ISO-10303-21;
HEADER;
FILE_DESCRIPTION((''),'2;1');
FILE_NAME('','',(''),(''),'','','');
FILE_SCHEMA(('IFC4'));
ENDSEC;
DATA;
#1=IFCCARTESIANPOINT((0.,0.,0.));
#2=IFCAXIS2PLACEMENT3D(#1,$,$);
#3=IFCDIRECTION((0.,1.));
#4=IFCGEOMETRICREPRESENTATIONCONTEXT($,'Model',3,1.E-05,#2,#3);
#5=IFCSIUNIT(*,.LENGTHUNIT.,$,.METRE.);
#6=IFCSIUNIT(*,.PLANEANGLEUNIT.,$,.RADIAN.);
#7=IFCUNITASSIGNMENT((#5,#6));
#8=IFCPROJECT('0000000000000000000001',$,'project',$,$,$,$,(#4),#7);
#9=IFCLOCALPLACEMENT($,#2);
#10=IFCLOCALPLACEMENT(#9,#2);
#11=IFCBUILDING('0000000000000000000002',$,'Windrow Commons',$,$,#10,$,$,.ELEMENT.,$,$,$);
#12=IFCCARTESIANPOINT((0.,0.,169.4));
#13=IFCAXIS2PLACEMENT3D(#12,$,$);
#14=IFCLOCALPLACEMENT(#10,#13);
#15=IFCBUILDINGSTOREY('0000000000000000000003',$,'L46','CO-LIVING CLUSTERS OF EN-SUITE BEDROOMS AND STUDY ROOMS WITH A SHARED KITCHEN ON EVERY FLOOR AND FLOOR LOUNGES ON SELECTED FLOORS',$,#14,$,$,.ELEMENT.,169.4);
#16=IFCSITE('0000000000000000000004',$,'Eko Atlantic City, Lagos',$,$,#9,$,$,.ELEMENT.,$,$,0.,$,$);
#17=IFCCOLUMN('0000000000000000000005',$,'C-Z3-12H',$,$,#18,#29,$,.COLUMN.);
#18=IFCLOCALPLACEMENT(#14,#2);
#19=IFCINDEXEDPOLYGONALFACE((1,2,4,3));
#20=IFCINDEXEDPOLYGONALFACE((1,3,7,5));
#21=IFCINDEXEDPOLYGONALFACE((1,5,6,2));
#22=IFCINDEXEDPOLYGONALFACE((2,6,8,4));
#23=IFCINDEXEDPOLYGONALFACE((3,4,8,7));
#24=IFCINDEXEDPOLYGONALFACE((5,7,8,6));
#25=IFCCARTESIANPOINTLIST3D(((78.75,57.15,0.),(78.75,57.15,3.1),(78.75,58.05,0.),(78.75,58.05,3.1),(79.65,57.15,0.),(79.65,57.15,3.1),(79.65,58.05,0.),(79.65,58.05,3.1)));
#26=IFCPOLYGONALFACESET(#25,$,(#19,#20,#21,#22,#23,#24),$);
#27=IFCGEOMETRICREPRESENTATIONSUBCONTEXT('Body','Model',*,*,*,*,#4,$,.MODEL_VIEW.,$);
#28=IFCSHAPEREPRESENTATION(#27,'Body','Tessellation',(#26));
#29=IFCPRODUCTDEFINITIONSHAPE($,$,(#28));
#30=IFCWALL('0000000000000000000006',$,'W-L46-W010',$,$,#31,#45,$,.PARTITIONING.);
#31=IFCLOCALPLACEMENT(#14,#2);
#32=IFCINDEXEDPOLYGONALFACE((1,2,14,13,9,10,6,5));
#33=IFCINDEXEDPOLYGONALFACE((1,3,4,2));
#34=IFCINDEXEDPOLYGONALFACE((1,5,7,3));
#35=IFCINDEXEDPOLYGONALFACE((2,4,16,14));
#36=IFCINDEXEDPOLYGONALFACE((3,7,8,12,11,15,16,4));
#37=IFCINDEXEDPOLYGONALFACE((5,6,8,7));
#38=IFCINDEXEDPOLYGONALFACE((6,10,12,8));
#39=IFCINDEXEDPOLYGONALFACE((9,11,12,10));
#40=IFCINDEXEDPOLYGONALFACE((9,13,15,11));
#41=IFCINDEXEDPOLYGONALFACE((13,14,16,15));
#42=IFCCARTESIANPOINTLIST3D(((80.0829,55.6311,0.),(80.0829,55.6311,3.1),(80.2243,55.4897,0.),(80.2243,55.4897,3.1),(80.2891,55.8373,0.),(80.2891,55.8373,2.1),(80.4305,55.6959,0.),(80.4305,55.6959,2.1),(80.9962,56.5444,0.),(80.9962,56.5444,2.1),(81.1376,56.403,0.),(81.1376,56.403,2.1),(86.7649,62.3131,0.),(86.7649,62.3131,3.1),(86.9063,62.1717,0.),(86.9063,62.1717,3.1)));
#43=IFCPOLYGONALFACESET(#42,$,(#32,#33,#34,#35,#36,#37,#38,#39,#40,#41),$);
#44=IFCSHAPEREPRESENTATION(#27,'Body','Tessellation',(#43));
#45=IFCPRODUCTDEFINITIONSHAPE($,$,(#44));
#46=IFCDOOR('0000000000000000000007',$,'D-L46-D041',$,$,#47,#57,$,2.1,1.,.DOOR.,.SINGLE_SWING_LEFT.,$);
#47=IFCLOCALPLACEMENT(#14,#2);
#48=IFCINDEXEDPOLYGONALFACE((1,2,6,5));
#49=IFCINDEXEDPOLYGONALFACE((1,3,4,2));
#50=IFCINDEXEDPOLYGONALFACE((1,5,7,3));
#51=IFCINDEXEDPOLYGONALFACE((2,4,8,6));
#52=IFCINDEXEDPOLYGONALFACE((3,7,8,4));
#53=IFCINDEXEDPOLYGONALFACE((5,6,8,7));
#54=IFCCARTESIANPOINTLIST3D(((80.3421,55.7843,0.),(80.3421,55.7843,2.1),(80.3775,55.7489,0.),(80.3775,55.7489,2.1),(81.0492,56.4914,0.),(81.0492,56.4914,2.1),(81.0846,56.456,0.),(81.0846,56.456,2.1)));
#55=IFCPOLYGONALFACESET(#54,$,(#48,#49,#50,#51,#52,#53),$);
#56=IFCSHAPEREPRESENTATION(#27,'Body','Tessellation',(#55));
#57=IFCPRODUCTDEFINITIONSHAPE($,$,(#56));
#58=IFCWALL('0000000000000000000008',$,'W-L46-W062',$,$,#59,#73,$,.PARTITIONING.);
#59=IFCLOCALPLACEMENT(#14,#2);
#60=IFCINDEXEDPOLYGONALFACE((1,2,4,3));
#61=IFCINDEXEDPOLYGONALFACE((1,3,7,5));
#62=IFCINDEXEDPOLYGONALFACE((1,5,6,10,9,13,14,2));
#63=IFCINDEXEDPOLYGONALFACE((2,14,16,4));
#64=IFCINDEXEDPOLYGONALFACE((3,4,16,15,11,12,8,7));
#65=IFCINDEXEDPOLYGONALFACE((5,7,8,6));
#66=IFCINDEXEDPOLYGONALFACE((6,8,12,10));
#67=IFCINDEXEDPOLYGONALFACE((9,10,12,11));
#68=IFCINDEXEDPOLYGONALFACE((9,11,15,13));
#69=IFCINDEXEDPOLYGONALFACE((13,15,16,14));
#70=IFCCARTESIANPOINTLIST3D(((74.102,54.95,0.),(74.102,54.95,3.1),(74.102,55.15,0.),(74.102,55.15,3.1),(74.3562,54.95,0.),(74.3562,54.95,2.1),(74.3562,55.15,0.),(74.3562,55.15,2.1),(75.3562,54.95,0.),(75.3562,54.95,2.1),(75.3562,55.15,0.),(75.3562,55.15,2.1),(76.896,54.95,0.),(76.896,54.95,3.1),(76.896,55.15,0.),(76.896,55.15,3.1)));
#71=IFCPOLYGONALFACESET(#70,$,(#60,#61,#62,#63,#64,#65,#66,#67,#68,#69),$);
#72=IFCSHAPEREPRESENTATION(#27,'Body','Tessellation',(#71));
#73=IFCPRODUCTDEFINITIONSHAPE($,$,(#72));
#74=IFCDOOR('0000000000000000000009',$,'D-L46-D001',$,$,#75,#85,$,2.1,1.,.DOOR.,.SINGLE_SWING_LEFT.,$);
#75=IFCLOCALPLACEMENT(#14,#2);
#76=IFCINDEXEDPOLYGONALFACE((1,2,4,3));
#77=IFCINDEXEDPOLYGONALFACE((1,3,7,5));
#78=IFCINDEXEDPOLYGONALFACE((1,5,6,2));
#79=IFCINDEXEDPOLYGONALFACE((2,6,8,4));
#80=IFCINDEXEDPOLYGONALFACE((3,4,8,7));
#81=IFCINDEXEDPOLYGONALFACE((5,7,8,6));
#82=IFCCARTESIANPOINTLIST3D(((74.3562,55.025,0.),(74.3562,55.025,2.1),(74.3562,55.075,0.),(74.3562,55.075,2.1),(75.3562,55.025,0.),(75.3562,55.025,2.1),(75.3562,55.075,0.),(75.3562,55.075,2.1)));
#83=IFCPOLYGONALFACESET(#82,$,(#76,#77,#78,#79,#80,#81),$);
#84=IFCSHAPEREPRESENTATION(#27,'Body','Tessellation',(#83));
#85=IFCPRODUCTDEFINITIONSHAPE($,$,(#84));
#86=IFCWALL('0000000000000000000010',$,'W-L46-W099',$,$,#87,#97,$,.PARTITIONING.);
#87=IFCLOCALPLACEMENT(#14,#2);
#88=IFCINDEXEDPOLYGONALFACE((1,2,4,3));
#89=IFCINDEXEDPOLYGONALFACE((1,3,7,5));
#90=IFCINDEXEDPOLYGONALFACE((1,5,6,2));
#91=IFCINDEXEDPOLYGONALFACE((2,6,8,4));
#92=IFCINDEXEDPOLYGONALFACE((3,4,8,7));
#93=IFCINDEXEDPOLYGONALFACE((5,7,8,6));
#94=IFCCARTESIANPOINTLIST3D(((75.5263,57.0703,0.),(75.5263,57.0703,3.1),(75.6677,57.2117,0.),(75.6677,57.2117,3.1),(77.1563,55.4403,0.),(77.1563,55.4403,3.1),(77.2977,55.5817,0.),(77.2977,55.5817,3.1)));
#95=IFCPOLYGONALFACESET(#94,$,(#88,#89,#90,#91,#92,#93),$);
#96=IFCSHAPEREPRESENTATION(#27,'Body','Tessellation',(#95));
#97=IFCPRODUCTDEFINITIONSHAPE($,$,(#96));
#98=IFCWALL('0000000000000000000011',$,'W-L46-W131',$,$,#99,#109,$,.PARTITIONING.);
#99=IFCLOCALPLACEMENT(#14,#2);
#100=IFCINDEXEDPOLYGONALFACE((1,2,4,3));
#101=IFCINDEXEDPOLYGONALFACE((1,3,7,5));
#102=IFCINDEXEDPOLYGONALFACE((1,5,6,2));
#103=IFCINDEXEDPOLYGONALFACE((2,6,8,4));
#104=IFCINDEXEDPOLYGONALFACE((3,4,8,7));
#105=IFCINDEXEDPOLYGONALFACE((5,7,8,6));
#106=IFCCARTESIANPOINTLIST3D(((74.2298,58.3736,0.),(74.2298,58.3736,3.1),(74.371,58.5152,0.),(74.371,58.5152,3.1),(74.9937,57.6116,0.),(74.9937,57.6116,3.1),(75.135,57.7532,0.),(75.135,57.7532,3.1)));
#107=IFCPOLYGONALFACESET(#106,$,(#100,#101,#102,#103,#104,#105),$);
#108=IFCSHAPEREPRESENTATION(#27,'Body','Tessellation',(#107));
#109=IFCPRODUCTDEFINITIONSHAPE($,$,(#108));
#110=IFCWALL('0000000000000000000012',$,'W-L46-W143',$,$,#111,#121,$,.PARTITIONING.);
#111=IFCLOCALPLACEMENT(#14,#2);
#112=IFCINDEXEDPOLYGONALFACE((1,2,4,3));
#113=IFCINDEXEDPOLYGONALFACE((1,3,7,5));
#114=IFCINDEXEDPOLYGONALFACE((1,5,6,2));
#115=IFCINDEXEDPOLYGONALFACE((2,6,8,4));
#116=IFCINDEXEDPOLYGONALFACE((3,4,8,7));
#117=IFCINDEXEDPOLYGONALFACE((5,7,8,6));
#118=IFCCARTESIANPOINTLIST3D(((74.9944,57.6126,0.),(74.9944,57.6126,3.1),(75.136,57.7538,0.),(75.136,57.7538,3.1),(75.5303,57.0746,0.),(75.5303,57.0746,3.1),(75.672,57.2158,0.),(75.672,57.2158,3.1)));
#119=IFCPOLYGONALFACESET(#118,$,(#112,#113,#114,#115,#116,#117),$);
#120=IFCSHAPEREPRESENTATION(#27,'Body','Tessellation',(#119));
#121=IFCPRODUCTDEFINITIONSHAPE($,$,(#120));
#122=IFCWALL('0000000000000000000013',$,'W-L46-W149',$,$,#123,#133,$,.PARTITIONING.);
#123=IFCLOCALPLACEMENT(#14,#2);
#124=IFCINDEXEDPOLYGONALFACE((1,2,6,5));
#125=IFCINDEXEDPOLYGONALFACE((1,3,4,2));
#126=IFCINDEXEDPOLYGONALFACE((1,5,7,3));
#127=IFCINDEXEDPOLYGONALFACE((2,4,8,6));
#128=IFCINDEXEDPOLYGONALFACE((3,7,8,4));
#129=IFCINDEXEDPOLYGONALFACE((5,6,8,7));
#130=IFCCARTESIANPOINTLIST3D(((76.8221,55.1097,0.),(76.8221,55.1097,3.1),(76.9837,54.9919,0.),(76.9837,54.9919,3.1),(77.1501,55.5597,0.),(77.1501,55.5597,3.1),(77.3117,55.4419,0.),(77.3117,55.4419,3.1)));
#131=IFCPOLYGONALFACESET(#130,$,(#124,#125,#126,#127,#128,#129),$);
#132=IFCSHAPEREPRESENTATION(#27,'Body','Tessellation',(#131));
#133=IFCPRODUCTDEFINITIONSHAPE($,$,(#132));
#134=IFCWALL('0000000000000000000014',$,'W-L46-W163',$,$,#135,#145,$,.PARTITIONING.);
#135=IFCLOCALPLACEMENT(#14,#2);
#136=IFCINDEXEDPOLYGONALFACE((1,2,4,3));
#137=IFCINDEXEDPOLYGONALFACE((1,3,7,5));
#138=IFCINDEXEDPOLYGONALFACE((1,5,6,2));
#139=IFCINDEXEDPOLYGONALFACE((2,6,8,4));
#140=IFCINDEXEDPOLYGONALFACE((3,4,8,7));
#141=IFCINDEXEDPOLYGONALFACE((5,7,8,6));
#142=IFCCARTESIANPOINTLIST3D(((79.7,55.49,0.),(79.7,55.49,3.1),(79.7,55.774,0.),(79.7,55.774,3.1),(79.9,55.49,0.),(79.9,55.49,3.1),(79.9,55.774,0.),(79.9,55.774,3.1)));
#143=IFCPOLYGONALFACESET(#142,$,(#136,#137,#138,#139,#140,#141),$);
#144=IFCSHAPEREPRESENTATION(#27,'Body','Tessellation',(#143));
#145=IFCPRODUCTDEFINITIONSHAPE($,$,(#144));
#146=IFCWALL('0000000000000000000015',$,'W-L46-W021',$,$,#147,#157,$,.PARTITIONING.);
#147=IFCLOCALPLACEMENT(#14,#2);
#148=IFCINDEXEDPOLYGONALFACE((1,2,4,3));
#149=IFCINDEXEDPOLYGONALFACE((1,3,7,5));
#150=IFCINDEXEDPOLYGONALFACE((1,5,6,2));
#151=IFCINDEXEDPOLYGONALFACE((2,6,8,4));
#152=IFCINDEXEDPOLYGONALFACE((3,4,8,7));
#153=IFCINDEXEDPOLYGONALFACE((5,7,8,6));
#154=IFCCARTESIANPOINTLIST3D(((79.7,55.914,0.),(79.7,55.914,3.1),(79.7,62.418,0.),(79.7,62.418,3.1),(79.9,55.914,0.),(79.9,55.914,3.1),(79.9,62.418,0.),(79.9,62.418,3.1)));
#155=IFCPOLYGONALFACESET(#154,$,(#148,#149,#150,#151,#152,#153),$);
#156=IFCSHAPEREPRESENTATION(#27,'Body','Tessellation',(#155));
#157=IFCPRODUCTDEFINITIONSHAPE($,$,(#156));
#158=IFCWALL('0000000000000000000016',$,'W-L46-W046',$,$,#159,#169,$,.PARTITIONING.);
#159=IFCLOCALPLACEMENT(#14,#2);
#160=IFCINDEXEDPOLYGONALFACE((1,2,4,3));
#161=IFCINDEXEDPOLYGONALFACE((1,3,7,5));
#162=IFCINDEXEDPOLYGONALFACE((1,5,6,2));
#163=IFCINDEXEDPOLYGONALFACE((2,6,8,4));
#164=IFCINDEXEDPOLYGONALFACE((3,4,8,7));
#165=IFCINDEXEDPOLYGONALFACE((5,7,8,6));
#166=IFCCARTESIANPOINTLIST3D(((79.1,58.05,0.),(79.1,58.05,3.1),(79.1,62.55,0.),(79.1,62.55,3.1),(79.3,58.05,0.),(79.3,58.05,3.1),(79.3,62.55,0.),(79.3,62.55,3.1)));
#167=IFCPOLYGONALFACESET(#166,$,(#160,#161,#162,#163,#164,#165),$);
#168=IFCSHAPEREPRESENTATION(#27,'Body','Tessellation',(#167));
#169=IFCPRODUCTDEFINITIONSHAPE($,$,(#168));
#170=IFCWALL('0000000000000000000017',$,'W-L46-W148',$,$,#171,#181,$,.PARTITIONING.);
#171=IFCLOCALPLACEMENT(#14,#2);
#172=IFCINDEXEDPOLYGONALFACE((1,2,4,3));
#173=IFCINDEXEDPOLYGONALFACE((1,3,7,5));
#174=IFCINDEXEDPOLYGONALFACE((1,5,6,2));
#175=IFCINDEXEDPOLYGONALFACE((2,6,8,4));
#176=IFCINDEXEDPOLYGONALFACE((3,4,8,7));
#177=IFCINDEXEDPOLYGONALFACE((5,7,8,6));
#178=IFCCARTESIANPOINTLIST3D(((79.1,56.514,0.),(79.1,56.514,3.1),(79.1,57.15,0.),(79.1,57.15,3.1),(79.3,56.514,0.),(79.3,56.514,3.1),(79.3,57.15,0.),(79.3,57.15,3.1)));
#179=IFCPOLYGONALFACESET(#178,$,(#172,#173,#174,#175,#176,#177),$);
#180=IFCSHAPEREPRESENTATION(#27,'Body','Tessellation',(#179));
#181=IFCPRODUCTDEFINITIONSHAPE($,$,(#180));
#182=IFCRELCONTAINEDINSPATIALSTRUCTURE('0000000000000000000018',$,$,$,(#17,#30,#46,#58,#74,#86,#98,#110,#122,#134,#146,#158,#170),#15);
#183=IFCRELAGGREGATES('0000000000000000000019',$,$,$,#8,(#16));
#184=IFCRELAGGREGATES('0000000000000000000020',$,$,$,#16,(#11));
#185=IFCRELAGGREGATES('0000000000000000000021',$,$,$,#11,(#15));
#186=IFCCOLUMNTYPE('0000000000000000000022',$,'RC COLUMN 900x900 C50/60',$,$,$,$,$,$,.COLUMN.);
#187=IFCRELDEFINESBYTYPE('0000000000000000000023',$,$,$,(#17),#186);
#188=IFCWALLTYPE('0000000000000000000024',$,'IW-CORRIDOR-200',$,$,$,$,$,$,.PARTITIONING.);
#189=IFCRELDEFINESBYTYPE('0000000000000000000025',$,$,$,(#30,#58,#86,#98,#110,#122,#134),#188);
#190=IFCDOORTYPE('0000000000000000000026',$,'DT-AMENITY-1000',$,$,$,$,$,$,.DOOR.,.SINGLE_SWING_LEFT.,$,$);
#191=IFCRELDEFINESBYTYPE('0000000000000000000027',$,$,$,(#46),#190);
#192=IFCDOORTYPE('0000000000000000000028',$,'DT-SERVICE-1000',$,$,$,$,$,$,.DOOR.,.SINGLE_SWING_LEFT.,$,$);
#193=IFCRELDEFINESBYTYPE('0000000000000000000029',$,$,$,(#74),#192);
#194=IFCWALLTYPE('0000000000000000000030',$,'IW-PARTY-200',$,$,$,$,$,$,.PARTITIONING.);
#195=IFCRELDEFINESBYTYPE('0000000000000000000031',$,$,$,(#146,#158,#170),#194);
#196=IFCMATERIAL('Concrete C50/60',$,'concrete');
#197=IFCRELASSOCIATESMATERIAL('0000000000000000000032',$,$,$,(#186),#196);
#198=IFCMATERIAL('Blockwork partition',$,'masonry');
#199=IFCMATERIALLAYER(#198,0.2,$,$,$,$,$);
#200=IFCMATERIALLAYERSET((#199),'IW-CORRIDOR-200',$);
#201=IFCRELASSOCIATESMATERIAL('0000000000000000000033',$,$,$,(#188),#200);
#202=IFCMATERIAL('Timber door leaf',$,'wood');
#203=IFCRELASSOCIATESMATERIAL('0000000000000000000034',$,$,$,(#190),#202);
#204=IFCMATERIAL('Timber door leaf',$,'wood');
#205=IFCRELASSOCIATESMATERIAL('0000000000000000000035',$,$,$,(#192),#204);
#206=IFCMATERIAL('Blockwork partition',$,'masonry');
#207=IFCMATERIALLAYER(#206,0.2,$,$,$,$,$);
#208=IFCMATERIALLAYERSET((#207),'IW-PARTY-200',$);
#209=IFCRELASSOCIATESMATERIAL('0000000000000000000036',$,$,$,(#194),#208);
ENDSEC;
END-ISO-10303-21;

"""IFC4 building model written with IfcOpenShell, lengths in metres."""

from ifc_helpers import new_model, si_unit, direction, frame, frame_2d, origin, origin_2d, place, context, subcontext, project, spatial, rectangle, extrude, material, layer, layer_set, material_profile, profile_set, type_object, element, fill, save


model = new_model("IFC4")

# Units and contexts
model_context = context("Model", 3, precision=1e-05, world=origin(), true_north=direction((0.0, 1.0)))
body_context = subcontext(model_context, "Body", "Model", "MODEL_VIEW")
ifc_project = project(units=[si_unit("LENGTHUNIT", "METRE"), si_unit("PLANEANGLEUNIT", "RADIAN")], contexts=[model_context])

# Site, building, storey
site_placement = place(None, origin())
site = spatial("IfcSite", under=ifc_project, at=site_placement, Name="Eko Atlantic City, Lagos", CompositionType="ELEMENT", RefElevation=0.0)
building_placement = place(site_placement, origin())
building = spatial("IfcBuilding", under=site, at=building_placement, Name="Windrow Commons", CompositionType="ELEMENT")
storey_placement = place(building_placement, frame((0.0, 0.0, 169.4)))
storey = spatial("IfcBuildingStorey", under=building, at=storey_placement, Name="L46", Description="CO-LIVING CLUSTERS OF EN-SUITE BEDROOMS AND STUDY ROOMS WITH A SHARED KITCHEN ON EVERY FLOOR AND FLOOR LOUNGES ON SELECTED FLOORS", CompositionType="ELEMENT", Elevation=169.4)

# Column
ifc_material_1 = material(Name="Concrete C50/60", Category="concrete")
ifc_material_profile = material_profile(ifc_material_1, rectangle(XDim=0.9, YDim=0.9, at=origin_2d()))
ifc_profile_set = profile_set([ifc_material_profile], Name="Concrete C50/60")
column_type = type_object("IfcColumnType", Name="RC COLUMN 900x900 C50/60", PredefinedType="COLUMN", material=ifc_profile_set)
column_placement = place(storey_placement, frame((79.2, 57.6, 0.0), z_axis=(0.0, 0.0, 1.0), x_axis=(1.0, 0.0, 0.0)))
element("IfcColumn", 1, at=column_placement, inside=storey, type_object=column_type, Name="C-Z3-12H", PredefinedType="COLUMN", context=body_context, shape_type="SweptSolid", body=[
    extrude(rectangle(XDim=0.9, YDim=0.9, at=origin_2d()), origin(), (0.0, 0.0, 1.0), 3.1),
])

# Walls, openings, doors
ifc_material_2 = material(Name="Blockwork partition", Category="masonry")
ifc_layer_1 = layer(ifc_material_2, 0.2)
ifc_layer_set_1 = layer_set([ifc_layer_1], Name="IW-CORRIDOR-200")
wall_type_1 = type_object("IfcWallType", Name="IW-CORRIDOR-200", PredefinedType="PARTITIONING", material=ifc_layer_set_1)
wall_1_placement = place(storey_placement, frame((80.1536, 55.5604, 0.0), z_axis=(0.0, 0.0, 1.0), x_axis=(0.707107, 0.707107, 0.0)))
wall_1 = element("IfcWall", 2, at=wall_1_placement, inside=storey, type_object=wall_type_1, Name="W-L46-W010", PredefinedType="PARTITIONING", context=body_context, shape_type="SweptSolid", body=[
    extrude(rectangle(XDim=9.4498, YDim=0.2, at=frame_2d((4.7249, 0.0))), origin(), (0.0, 0.0, 1.0), 3.1),
])
opening_1_placement = place(wall_1_placement, frame((0.2916, 0.0, 0.0)))
opening_1 = element("IfcOpeningElement", 3, at=opening_1_placement, cuts=wall_1, PredefinedType="OPENING", context=body_context, shape_type="SweptSolid", body=[
    extrude(rectangle(XDim=1.0, YDim=2.1, at=frame_2d((0.5, 1.05))), frame((0.0, 0.11, 0.0), z_axis=(0.0, -1.0, 0.0), x_axis=(1.0, 0.0, 0.0)), (0.0, 0.0, 1.0), 0.22),
])
ifc_material_3 = material(Name="Timber door leaf", Category="wood")
door_type_1 = type_object("IfcDoorType", Name="DT-AMENITY-1000", OperationType="SINGLE_SWING_LEFT", PredefinedType="DOOR", material=ifc_material_3)
door_1_placement = place(opening_1_placement, origin())
door_1 = element("IfcDoor", 4, at=door_1_placement, inside=storey, type_object=door_type_1, Name="D-L46-D041", OperationType="SINGLE_SWING_LEFT", OverallHeight=2.1, OverallWidth=1.0, PredefinedType="DOOR", context=body_context, shape_type="SweptSolid", body=[
    extrude(rectangle(XDim=1.0, YDim=2.1, at=frame_2d((0.5, 1.05))), frame((0.0, 0.025, 0.0), z_axis=(0.0, -1.0, 0.0), x_axis=(1.0, 0.0, 0.0)), (0.0, 0.0, 1.0), 0.05),
])
fill(opening_1, door_1)
wall_2_placement = place(storey_placement, frame((74.102, 55.05, 0.0), z_axis=(0.0, 0.0, 1.0), x_axis=(1.0, 0.0, 0.0)))
wall_2 = element("IfcWall", 5, at=wall_2_placement, inside=storey, type_object=wall_type_1, Name="W-L46-W062", PredefinedType="PARTITIONING", context=body_context, shape_type="SweptSolid", body=[
    extrude(rectangle(XDim=2.794, YDim=0.2, at=frame_2d((1.397, 0.0))), origin(), (0.0, 0.0, 1.0), 3.1),
])
opening_2_placement = place(wall_2_placement, frame((0.2542, 0.0, 0.0)))
opening_2 = element("IfcOpeningElement", 6, at=opening_2_placement, cuts=wall_2, PredefinedType="OPENING", context=body_context, shape_type="SweptSolid", body=[
    extrude(rectangle(XDim=1.0, YDim=2.1, at=frame_2d((0.5, 1.05))), frame((0.0, 0.11, 0.0), z_axis=(0.0, -1.0, 0.0), x_axis=(1.0, 0.0, 0.0)), (0.0, 0.0, 1.0), 0.22),
])
ifc_material_4 = material(Name="Timber door leaf", Category="wood")
door_type_2 = type_object("IfcDoorType", Name="DT-SERVICE-1000", OperationType="SINGLE_SWING_LEFT", PredefinedType="DOOR", material=ifc_material_4)
door_2_placement = place(opening_2_placement, origin())
door_2 = element("IfcDoor", 7, at=door_2_placement, inside=storey, type_object=door_type_2, Name="D-L46-D001", OperationType="SINGLE_SWING_LEFT", OverallHeight=2.1, OverallWidth=1.0, PredefinedType="DOOR", context=body_context, shape_type="SweptSolid", body=[
    extrude(rectangle(XDim=1.0, YDim=2.1, at=frame_2d((0.5, 1.05))), frame((0.0, 0.025, 0.0), z_axis=(0.0, -1.0, 0.0), x_axis=(1.0, 0.0, 0.0)), (0.0, 0.0, 1.0), 0.05),
])
fill(opening_2, door_2)

# Walls
wall_3_placement = place(storey_placement, frame((75.597, 57.141, 0.0), z_axis=(0.0, 0.0, 1.0), x_axis=(0.707107, -0.707107, 0.0)))
element("IfcWall", 8, at=wall_3_placement, inside=storey, type_object=wall_type_1, Name="W-L46-W099", PredefinedType="PARTITIONING", context=body_context, shape_type="SweptSolid", body=[
    extrude(rectangle(XDim=2.3052, YDim=0.2, at=frame_2d((1.1526, 0.0))), origin(), (0.0, 0.0, 1.0), 3.1),
])
wall_4_placement = place(storey_placement, frame((74.3004, 58.4444, 0.0), z_axis=(0.0, 0.0, 1.0), x_axis=(0.708033, -0.706179, 0.0)))
element("IfcWall", 9, at=wall_4_placement, inside=storey, type_object=wall_type_1, Name="W-L46-W131", PredefinedType="PARTITIONING", context=body_context, shape_type="SweptSolid", body=[
    extrude(rectangle(XDim=1.079, YDim=0.2, at=frame_2d((0.5395, 0.0))), origin(), (0.0, 0.0, 1.0), 3.1),
])
wall_5_placement = place(storey_placement, frame((75.0652, 57.6832, 0.0), z_axis=(0.0, 0.0, 1.0), x_axis=(0.705789, -0.708422, 0.0)))
element("IfcWall", 10, at=wall_5_placement, inside=storey, type_object=wall_type_1, Name="W-L46-W143", PredefinedType="PARTITIONING", context=body_context, shape_type="SweptSolid", body=[
    extrude(rectangle(XDim=0.7594, YDim=0.2, at=frame_2d((0.3797, 0.0))), origin(), (0.0, 0.0, 1.0), 3.1),
])
wall_6_placement = place(storey_placement, frame((76.9029, 55.0508, 0.0), z_axis=(0.0, 0.0, 1.0), x_axis=(0.589026, 0.808114, 0.0)))
element("IfcWall", 11, at=wall_6_placement, inside=storey, type_object=wall_type_1, Name="W-L46-W149", PredefinedType="PARTITIONING", context=body_context, shape_type="SweptSolid", body=[
    extrude(rectangle(XDim=0.5569, YDim=0.2, at=frame_2d((0.2784, 0.0))), origin(), (0.0, 0.0, 1.0), 3.1),
])
wall_7_placement = place(storey_placement, frame((79.8, 55.49, 0.0), z_axis=(0.0, 0.0, 1.0), x_axis=(0.0, 1.0, 0.0)))
element("IfcWall", 12, at=wall_7_placement, inside=storey, type_object=wall_type_1, Name="W-L46-W163", PredefinedType="PARTITIONING", context=body_context, shape_type="SweptSolid", body=[
    extrude(rectangle(XDim=0.284, YDim=0.2, at=frame_2d((0.142, 0.0))), origin(), (0.0, 0.0, 1.0), 3.1),
])
ifc_material_5 = material(Name="Blockwork partition", Category="masonry")
ifc_layer_2 = layer(ifc_material_5, 0.2)
ifc_layer_set_2 = layer_set([ifc_layer_2], Name="IW-PARTY-200")
wall_type_2 = type_object("IfcWallType", Name="IW-PARTY-200", PredefinedType="PARTITIONING", material=ifc_layer_set_2)
wall_8_placement = place(storey_placement, frame((79.8, 55.914, 0.0), z_axis=(0.0, 0.0, 1.0), x_axis=(0.0, 1.0, 0.0)))
element("IfcWall", 13, at=wall_8_placement, inside=storey, type_object=wall_type_2, Name="W-L46-W021", PredefinedType="PARTITIONING", context=body_context, shape_type="SweptSolid", body=[
    extrude(rectangle(XDim=6.504, YDim=0.2, at=frame_2d((3.252, 0.0))), origin(), (0.0, 0.0, 1.0), 3.1),
])
wall_9_placement = place(storey_placement, frame((79.2, 58.05, 0.0), z_axis=(0.0, 0.0, 1.0), x_axis=(0.0, 1.0, 0.0)))
element("IfcWall", 14, at=wall_9_placement, inside=storey, type_object=wall_type_2, Name="W-L46-W046", PredefinedType="PARTITIONING", context=body_context, shape_type="SweptSolid", body=[
    extrude(rectangle(XDim=4.5, YDim=0.2, at=frame_2d((2.25, 0.0))), origin(), (0.0, 0.0, 1.0), 3.1),
])
wall_10_placement = place(storey_placement, frame((79.2, 56.514, 0.0), z_axis=(0.0, 0.0, 1.0), x_axis=(0.0, 1.0, 0.0)))
element("IfcWall", 15, at=wall_10_placement, inside=storey, type_object=wall_type_2, Name="W-L46-W148", PredefinedType="PARTITIONING", context=body_context, shape_type="SweptSolid", body=[
    extrude(rectangle(XDim=0.636, YDim=0.2, at=frame_2d((0.318, 0.0))), origin(), (0.0, 0.0, 1.0), 3.1),
])

save(model, "model.ifc")
